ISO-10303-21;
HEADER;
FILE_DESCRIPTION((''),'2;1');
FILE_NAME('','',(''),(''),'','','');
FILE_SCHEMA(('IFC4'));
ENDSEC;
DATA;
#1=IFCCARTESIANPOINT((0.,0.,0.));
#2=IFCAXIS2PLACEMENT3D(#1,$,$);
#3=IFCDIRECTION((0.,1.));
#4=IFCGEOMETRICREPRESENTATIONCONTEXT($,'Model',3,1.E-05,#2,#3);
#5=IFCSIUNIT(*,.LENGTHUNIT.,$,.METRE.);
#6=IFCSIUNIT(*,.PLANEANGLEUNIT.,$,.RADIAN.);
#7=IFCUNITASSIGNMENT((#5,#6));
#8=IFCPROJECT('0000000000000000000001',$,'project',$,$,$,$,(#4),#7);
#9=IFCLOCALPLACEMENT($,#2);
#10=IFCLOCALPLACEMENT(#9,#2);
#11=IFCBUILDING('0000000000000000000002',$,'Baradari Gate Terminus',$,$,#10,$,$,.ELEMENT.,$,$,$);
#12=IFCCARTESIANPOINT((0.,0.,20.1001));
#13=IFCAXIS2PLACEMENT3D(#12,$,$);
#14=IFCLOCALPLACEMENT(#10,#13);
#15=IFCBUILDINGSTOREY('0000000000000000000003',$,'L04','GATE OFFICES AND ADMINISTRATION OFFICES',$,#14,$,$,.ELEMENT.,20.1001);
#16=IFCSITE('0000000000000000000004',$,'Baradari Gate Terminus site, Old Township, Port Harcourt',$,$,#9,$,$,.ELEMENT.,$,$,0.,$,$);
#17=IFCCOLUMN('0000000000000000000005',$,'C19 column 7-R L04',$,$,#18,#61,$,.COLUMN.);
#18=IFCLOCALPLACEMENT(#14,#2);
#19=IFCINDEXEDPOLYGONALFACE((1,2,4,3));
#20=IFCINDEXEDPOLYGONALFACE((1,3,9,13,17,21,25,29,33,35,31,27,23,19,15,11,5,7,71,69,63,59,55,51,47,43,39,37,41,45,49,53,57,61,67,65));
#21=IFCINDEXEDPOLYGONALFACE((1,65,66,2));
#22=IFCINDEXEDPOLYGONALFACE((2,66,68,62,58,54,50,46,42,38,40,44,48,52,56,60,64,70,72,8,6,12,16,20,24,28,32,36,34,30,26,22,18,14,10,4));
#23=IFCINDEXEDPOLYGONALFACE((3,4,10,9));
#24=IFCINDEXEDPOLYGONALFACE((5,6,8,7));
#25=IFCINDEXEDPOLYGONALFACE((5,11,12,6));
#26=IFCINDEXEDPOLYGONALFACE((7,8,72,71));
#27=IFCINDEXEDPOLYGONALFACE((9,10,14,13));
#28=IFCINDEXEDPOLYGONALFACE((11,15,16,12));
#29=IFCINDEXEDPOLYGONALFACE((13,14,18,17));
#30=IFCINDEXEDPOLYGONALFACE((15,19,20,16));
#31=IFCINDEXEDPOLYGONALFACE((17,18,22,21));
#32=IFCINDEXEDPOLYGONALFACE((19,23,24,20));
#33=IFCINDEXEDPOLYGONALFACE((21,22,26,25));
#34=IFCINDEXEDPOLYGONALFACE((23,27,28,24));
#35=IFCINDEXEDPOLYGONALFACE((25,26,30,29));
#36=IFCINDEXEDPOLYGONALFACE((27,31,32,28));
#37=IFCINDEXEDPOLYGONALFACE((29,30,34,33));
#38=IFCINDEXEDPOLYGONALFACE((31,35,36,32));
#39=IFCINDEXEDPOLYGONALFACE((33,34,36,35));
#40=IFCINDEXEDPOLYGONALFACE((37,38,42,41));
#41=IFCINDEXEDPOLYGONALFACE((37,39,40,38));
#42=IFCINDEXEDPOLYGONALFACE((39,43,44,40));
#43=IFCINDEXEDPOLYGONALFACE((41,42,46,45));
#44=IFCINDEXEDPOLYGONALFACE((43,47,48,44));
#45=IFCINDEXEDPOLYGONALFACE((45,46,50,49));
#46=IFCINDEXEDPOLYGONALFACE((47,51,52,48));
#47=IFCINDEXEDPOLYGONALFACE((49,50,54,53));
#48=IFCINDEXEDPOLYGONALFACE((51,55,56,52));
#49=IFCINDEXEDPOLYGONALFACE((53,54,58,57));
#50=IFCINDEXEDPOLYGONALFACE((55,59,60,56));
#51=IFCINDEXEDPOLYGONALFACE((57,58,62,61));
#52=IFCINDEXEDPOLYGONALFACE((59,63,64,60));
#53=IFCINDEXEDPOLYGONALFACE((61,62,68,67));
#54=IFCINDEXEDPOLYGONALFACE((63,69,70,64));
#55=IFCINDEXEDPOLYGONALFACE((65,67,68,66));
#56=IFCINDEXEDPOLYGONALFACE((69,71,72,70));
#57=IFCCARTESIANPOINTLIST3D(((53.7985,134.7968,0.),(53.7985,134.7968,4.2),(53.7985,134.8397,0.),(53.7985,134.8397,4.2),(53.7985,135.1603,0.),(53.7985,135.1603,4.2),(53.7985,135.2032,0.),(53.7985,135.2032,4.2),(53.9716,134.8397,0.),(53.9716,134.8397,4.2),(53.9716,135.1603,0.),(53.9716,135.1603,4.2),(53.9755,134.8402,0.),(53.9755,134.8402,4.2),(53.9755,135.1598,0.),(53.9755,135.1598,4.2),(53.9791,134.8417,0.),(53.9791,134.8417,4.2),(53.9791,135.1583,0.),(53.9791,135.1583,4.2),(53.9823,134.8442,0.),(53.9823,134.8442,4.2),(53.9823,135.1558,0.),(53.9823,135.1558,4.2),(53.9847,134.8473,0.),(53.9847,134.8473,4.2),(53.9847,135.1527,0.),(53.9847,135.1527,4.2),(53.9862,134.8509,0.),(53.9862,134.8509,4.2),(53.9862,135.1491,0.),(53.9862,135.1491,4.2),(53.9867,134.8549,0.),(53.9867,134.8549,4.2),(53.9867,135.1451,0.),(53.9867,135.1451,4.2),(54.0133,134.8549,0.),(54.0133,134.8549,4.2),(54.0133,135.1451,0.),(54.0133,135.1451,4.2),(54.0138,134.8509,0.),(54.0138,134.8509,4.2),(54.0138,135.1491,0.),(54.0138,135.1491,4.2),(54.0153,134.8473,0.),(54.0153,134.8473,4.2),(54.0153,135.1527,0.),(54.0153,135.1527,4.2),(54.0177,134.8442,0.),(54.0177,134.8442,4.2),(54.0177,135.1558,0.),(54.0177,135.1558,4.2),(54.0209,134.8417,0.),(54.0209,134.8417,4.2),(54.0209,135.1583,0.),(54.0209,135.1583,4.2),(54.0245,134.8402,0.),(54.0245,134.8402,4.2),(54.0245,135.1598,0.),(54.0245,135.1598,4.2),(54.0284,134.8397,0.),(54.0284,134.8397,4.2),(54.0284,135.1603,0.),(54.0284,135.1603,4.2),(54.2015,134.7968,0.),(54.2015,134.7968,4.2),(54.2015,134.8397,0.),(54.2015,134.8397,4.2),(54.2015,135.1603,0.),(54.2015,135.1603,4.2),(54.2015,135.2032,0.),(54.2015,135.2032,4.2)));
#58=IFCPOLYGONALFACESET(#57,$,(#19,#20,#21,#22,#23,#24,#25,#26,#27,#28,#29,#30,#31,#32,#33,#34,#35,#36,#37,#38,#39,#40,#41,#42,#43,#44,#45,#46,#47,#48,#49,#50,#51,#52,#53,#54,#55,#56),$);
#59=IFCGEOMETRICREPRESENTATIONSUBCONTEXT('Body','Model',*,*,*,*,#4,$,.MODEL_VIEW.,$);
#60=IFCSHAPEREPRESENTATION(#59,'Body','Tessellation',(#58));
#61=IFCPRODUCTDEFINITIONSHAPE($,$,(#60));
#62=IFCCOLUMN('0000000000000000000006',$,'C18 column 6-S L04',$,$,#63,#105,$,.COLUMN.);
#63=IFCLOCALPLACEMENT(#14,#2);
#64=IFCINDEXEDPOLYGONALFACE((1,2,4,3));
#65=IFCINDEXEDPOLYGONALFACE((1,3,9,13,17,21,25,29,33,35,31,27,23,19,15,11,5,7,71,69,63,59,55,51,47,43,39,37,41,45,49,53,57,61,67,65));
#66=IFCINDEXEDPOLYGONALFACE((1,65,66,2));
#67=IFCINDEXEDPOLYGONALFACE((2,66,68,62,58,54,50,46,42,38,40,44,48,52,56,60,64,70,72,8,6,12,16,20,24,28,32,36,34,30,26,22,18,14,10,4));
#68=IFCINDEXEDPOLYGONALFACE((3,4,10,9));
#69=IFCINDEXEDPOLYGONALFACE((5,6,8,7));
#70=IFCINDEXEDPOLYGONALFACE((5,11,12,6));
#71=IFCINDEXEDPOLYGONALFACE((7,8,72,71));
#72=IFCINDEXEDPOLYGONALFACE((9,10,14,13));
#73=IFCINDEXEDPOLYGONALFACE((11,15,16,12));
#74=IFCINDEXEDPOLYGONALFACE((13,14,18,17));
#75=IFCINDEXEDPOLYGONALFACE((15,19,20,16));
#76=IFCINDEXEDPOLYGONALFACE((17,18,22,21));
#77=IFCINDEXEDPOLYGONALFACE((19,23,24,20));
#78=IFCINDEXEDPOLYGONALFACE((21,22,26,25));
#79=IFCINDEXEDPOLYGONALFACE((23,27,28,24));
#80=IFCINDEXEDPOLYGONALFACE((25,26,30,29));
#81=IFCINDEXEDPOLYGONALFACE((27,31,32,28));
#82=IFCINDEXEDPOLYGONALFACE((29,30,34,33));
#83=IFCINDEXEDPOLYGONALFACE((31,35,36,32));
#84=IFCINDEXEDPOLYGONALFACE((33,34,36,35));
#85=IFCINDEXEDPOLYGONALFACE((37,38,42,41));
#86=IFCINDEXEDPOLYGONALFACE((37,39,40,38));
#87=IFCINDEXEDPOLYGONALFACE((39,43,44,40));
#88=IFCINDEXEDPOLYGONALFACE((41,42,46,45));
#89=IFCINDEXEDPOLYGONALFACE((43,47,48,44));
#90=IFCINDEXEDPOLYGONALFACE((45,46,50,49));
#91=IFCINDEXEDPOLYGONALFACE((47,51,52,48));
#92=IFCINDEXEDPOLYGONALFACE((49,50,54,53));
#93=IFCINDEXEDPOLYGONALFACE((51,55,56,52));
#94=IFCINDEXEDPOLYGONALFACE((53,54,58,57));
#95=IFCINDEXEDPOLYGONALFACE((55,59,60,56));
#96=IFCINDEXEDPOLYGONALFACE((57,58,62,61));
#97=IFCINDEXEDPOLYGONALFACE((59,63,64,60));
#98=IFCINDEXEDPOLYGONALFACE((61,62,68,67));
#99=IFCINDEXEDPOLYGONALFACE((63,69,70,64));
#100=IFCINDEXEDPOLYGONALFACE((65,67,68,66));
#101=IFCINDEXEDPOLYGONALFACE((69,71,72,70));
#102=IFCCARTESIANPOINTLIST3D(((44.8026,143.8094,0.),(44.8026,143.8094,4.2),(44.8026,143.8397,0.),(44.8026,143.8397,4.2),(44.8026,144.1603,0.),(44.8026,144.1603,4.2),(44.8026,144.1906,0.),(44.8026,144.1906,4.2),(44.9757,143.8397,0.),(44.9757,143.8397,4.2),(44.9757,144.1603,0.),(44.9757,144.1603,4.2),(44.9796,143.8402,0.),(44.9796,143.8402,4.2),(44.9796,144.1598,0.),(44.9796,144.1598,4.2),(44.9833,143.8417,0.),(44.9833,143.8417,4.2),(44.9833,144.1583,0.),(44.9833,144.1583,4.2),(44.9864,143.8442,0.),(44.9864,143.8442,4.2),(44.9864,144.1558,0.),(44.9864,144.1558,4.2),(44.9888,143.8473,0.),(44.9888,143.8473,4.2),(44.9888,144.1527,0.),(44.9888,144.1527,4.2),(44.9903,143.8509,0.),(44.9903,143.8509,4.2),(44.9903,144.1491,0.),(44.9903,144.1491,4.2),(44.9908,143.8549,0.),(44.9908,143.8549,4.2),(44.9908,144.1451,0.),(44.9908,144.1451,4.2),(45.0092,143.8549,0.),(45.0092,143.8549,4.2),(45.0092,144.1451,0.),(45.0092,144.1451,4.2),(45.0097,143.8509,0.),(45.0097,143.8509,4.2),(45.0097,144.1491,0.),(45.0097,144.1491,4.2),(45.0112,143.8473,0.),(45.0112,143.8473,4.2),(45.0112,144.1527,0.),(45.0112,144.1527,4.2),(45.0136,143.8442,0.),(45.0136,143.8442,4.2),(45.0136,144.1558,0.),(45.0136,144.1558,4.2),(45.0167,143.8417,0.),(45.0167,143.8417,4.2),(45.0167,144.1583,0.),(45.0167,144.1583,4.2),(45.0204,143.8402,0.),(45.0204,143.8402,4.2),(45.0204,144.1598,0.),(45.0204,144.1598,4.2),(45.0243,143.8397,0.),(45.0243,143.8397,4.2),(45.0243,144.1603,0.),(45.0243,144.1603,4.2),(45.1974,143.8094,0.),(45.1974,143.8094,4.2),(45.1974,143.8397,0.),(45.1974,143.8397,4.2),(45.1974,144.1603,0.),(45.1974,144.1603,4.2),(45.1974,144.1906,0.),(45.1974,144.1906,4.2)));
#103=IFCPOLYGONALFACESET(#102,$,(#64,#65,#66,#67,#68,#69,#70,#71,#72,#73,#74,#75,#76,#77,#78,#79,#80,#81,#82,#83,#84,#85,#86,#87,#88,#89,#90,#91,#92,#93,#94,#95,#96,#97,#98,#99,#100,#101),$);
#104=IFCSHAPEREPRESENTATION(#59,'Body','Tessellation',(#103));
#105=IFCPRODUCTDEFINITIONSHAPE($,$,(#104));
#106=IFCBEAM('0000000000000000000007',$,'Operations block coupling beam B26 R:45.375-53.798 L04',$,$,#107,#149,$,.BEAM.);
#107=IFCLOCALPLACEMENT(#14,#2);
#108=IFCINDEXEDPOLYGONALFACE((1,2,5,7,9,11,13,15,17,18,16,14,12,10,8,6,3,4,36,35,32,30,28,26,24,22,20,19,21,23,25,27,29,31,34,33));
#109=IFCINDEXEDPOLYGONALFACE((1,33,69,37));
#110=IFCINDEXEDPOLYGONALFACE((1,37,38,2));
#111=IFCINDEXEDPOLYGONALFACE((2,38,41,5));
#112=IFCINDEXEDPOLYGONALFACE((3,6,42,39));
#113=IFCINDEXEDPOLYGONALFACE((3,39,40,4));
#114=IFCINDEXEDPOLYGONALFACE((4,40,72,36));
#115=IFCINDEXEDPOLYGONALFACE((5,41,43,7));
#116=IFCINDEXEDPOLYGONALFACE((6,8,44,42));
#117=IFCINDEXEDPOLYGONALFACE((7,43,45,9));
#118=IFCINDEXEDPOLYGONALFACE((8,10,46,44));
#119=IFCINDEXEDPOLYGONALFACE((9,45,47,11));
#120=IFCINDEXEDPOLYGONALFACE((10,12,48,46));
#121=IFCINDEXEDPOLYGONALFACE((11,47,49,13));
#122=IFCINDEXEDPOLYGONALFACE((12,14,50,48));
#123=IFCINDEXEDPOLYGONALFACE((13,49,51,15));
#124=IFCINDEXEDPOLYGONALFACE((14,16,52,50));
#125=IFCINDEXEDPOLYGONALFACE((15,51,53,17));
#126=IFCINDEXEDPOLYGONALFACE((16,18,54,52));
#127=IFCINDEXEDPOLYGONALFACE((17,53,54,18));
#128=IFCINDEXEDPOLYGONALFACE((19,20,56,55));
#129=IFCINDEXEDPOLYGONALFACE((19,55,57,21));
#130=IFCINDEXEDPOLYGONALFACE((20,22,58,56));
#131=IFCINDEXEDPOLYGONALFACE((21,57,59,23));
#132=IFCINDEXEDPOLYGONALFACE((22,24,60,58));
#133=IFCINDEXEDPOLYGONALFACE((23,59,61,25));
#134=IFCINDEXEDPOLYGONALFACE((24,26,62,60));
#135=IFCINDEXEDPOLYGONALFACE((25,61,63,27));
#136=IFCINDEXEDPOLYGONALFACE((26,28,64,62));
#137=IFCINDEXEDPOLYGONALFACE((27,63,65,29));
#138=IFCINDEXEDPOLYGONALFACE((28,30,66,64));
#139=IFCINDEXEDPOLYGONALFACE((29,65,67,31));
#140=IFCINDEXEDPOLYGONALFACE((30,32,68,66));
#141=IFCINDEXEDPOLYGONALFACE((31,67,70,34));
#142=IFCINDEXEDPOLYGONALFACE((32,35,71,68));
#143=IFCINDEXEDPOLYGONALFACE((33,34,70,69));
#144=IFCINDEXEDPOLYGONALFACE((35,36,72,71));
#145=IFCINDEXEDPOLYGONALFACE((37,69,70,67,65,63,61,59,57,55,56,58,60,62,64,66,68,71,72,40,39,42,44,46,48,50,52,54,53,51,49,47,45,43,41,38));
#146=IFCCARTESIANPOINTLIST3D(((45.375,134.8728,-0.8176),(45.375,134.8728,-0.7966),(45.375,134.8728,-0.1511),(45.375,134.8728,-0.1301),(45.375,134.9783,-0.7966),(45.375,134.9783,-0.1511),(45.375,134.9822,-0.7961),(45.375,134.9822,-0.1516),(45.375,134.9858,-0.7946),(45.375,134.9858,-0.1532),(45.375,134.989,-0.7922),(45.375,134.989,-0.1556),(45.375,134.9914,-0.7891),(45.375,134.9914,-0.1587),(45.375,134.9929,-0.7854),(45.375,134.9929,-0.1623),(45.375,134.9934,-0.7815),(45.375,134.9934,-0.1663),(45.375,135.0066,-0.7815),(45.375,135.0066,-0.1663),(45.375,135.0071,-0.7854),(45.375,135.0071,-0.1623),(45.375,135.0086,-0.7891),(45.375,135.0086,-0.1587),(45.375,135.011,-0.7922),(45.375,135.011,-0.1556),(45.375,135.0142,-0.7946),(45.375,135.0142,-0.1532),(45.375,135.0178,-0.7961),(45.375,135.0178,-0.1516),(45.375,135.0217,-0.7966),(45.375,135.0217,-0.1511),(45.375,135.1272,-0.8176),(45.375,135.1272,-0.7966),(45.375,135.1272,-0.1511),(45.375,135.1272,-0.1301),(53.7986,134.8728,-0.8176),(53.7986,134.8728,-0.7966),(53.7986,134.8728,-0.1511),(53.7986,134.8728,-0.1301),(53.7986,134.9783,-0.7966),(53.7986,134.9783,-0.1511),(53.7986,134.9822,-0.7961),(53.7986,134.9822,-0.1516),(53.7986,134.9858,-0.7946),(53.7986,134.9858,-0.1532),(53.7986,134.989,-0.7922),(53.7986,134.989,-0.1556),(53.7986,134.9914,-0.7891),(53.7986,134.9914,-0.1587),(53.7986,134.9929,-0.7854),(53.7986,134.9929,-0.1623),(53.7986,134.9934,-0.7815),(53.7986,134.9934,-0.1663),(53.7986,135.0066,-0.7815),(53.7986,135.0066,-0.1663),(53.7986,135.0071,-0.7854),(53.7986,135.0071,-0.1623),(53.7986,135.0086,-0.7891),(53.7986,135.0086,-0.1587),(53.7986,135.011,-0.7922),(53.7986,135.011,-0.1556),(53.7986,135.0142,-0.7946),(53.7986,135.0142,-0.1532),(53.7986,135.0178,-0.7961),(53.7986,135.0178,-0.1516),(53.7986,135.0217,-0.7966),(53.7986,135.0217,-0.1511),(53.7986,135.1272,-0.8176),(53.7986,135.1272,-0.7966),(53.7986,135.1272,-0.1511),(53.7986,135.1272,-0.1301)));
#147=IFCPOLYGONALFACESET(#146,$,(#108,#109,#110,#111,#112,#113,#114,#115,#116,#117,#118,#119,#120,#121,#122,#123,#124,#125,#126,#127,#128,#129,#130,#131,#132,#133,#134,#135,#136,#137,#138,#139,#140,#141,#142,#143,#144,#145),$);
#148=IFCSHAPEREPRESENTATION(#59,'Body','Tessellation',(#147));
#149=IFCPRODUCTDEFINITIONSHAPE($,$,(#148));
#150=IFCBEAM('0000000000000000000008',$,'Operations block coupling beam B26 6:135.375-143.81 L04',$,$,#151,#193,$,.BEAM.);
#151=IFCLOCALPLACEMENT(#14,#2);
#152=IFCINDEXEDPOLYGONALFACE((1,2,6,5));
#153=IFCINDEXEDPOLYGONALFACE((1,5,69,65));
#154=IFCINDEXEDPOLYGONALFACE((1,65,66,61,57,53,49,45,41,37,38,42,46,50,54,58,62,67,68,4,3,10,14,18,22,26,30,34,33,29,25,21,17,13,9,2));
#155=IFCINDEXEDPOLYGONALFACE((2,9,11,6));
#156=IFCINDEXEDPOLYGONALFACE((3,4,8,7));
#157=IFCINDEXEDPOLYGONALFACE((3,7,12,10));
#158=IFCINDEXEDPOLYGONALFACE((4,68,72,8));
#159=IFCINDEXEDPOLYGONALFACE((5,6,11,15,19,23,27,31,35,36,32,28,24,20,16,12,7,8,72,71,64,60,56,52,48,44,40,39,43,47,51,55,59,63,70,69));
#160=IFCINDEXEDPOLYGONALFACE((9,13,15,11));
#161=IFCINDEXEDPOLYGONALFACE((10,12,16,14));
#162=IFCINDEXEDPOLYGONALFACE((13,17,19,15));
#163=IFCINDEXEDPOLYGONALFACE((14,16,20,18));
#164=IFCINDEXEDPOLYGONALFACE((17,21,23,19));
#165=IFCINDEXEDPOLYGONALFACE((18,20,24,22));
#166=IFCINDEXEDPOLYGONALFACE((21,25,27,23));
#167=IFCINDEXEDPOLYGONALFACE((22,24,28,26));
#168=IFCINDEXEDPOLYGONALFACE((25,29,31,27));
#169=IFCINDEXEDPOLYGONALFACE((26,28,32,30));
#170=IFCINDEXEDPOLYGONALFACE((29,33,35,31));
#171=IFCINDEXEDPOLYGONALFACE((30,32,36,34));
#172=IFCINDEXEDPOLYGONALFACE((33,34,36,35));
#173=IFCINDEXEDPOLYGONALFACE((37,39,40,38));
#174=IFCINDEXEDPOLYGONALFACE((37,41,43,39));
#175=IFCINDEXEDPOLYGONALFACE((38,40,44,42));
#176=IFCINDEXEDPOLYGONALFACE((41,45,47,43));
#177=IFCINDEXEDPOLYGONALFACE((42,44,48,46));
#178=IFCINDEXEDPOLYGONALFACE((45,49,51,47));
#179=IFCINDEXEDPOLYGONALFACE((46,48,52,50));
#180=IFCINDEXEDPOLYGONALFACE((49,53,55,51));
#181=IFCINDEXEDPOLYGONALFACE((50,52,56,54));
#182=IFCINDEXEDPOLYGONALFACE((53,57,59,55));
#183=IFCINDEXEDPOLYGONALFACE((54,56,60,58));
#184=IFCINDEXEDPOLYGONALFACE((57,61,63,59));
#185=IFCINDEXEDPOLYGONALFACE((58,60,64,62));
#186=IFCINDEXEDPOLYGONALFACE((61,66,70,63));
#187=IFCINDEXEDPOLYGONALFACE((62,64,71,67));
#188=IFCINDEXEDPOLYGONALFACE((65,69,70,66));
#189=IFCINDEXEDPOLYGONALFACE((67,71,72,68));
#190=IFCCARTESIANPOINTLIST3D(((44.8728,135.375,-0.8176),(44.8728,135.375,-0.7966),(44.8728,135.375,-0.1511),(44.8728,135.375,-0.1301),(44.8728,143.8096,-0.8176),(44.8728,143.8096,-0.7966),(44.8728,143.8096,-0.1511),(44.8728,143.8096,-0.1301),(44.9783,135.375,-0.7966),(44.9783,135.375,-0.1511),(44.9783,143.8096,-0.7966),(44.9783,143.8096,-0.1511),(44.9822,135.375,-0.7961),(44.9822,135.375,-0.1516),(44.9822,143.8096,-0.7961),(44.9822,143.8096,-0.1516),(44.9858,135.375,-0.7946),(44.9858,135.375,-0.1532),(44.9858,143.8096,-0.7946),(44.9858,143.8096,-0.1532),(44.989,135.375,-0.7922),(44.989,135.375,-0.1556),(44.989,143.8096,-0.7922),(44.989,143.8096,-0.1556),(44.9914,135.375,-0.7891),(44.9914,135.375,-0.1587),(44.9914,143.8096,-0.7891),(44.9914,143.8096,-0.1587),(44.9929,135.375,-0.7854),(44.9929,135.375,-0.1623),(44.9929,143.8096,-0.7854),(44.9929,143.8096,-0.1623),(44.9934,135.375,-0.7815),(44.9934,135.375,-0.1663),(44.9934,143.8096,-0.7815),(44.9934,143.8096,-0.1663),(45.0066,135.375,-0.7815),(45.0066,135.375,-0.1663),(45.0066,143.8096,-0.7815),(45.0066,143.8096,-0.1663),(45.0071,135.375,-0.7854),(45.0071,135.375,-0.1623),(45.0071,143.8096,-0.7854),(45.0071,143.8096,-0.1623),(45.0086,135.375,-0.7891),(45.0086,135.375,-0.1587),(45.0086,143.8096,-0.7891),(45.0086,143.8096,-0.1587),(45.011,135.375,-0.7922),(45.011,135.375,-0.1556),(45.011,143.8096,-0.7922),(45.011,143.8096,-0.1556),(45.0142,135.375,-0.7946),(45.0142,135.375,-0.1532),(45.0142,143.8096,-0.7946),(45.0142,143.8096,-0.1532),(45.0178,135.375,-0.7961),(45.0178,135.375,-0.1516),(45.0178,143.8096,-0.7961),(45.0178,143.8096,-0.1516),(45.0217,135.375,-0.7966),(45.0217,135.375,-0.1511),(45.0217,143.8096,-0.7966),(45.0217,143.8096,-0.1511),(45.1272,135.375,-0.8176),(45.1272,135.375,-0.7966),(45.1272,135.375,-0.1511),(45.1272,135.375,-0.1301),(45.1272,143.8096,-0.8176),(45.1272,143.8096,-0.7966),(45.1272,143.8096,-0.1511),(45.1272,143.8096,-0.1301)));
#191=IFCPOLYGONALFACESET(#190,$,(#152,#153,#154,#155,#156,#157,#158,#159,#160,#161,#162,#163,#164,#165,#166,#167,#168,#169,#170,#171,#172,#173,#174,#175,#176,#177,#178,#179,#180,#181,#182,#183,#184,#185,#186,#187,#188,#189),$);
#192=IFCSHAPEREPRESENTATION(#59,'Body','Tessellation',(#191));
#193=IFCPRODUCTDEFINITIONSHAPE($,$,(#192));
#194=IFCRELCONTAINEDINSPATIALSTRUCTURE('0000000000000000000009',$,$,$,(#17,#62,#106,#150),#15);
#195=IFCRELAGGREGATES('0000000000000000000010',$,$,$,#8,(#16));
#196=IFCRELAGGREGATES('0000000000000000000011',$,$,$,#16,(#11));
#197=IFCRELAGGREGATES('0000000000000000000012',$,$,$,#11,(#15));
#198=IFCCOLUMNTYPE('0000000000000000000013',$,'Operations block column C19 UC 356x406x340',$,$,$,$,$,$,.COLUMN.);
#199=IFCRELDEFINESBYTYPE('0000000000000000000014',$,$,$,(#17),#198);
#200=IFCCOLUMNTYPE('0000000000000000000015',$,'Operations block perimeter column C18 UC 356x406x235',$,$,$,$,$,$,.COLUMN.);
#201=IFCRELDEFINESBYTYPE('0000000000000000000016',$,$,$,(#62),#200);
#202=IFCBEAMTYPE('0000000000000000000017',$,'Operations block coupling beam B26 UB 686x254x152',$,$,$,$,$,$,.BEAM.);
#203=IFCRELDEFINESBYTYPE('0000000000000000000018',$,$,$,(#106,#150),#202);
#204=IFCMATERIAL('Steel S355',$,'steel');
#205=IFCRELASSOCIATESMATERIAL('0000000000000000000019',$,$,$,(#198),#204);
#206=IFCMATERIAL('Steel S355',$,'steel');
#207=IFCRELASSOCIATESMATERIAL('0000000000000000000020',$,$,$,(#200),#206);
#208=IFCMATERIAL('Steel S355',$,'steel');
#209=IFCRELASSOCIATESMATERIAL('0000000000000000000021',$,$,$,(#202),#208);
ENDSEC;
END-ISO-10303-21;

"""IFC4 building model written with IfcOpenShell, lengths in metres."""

from ifc_helpers import new_model, si_unit, direction, frame, origin, origin_2d, place, context, subcontext, project, spatial, i_section, extrude, material, material_profile, profile_set, type_object, element, save


model = new_model("IFC4")

# Units and contexts
model_context = context("Model", 3, precision=1e-05, world=origin(), true_north=direction((0.0, 1.0)))
body_context = subcontext(model_context, "Body", "Model", "MODEL_VIEW")
ifc_project = project(units=[si_unit("LENGTHUNIT", "METRE"), si_unit("PLANEANGLEUNIT", "RADIAN")], contexts=[model_context])

# Site, building, storey
site_placement = place(None, origin())
site = spatial("IfcSite", under=ifc_project, at=site_placement, Name="Baradari Gate Terminus site, Old Township, Port Harcourt", CompositionType="ELEMENT", RefElevation=0.0)
building_placement = place(site_placement, origin())
building = spatial("IfcBuilding", under=site, at=building_placement, Name="Baradari Gate Terminus", CompositionType="ELEMENT")
storey_placement = place(building_placement, frame((0.0, 0.0, 20.1001)))
storey = spatial("IfcBuildingStorey", under=building, at=storey_placement, Name="L04", Description="GATE OFFICES AND ADMINISTRATION OFFICES", CompositionType="ELEMENT", Elevation=20.1001)

# Columns
ifc_material_1 = material(Name="Steel S355", Category="steel")
ifc_material_profile_1 = material_profile(ifc_material_1, i_section(OverallWidth=0.4031, OverallDepth=0.4065, WebThickness=0.0266, FlangeThickness=0.043, FilletRadius=0.0151, at=origin_2d()), Name="UC 356x406x340")
ifc_profile_set_1 = profile_set([ifc_material_profile_1], Name="Steel S355")
column_type_1 = type_object("IfcColumnType", Name="Operations block column C19 UC 356x406x340", PredefinedType="COLUMN", material=ifc_profile_set_1)
column_1_placement = place(storey_placement, frame((54.0, 135.0, 0.0), z_axis=(0.0, 0.0, 1.0), x_axis=(1.0, 0.0, 0.0)))
element("IfcColumn", 1, at=column_1_placement, inside=storey, type_object=column_type_1, Name="C19 column 7-R L04", PredefinedType="COLUMN", context=body_context, shape_type="SweptSolid", body=[
    extrude(i_section(OverallWidth=0.4031, OverallDepth=0.4065, WebThickness=0.0266, FlangeThickness=0.043, FilletRadius=0.0151, at=origin_2d()), origin(), (0.0, 0.0, 1.0), 4.2),
])
ifc_material_2 = material(Name="Steel S355", Category="steel")
ifc_material_profile_2 = material_profile(ifc_material_2, i_section(OverallWidth=0.3948, OverallDepth=0.3811, WebThickness=0.0183, FlangeThickness=0.0303, FilletRadius=0.0151, at=origin_2d()), Name="UC 356x406x235")
ifc_profile_set_2 = profile_set([ifc_material_profile_2], Name="Steel S355")
column_type_2 = type_object("IfcColumnType", Name="Operations block perimeter column C18 UC 356x406x235", PredefinedType="COLUMN", material=ifc_profile_set_2)
column_2_placement = place(storey_placement, frame((45.0, 144.0, 0.0), z_axis=(0.0, 0.0, 1.0), x_axis=(1.0, 0.0, 0.0)))
element("IfcColumn", 2, at=column_2_placement, inside=storey, type_object=column_type_2, Name="C18 column 6-S L04", PredefinedType="COLUMN", context=body_context, shape_type="SweptSolid", body=[
    extrude(i_section(OverallWidth=0.3948, OverallDepth=0.3811, WebThickness=0.0183, FlangeThickness=0.0303, FilletRadius=0.0151, at=origin_2d()), origin(), (0.0, 0.0, 1.0), 4.2),
])

# Beams
ifc_material_3 = material(Name="Steel S355", Category="steel")
ifc_material_profile_3 = material_profile(ifc_material_3, i_section(OverallWidth=0.2544, OverallDepth=0.6875, WebThickness=0.0132, FlangeThickness=0.021, FilletRadius=0.0151, at=origin_2d()), Name="UB 686x254x152")
ifc_profile_set_3 = profile_set([ifc_material_profile_3], Name="Steel S355")
beam_type_1 = type_object("IfcBeamType", Name="Operations block coupling beam B26 UB 686x254x152", PredefinedType="BEAM", material=ifc_profile_set_3)
beam_1_placement = place(storey_placement, frame((45.375, 135.0, -0.4739), z_axis=(1.0, 0.0, 0.0), x_axis=(0.0, 1.0, 0.0)))
element("IfcBeam", 3, at=beam_1_placement, inside=storey, type_object=beam_type_1, Name="Operations block coupling beam B26 R:45.375-53.798 L04", PredefinedType="BEAM", context=body_context, shape_type="SweptSolid", body=[
    extrude(i_section(OverallWidth=0.2544, OverallDepth=0.6875, WebThickness=0.0132, FlangeThickness=0.021, FilletRadius=0.0151, at=origin_2d()), origin(), (0.0, 0.0, 1.0), 8.4236),
])
beam_2_placement = place(storey_placement, frame((45.0, 135.375, -0.4739), z_axis=(0.0, 1.0, 0.0), x_axis=(-1.0, 0.0, 0.0)))
element("IfcBeam", 4, at=beam_2_placement, inside=storey, type_object=beam_type_1, Name="Operations block coupling beam B26 6:135.375-143.81 L04", PredefinedType="BEAM", context=body_context, shape_type="SweptSolid", body=[
    extrude(i_section(OverallWidth=0.2544, OverallDepth=0.6875, WebThickness=0.0132, FlangeThickness=0.021, FilletRadius=0.0151, at=origin_2d()), origin(), (0.0, 0.0, 1.0), 8.4346),
])

save(model, "model.ifc")
